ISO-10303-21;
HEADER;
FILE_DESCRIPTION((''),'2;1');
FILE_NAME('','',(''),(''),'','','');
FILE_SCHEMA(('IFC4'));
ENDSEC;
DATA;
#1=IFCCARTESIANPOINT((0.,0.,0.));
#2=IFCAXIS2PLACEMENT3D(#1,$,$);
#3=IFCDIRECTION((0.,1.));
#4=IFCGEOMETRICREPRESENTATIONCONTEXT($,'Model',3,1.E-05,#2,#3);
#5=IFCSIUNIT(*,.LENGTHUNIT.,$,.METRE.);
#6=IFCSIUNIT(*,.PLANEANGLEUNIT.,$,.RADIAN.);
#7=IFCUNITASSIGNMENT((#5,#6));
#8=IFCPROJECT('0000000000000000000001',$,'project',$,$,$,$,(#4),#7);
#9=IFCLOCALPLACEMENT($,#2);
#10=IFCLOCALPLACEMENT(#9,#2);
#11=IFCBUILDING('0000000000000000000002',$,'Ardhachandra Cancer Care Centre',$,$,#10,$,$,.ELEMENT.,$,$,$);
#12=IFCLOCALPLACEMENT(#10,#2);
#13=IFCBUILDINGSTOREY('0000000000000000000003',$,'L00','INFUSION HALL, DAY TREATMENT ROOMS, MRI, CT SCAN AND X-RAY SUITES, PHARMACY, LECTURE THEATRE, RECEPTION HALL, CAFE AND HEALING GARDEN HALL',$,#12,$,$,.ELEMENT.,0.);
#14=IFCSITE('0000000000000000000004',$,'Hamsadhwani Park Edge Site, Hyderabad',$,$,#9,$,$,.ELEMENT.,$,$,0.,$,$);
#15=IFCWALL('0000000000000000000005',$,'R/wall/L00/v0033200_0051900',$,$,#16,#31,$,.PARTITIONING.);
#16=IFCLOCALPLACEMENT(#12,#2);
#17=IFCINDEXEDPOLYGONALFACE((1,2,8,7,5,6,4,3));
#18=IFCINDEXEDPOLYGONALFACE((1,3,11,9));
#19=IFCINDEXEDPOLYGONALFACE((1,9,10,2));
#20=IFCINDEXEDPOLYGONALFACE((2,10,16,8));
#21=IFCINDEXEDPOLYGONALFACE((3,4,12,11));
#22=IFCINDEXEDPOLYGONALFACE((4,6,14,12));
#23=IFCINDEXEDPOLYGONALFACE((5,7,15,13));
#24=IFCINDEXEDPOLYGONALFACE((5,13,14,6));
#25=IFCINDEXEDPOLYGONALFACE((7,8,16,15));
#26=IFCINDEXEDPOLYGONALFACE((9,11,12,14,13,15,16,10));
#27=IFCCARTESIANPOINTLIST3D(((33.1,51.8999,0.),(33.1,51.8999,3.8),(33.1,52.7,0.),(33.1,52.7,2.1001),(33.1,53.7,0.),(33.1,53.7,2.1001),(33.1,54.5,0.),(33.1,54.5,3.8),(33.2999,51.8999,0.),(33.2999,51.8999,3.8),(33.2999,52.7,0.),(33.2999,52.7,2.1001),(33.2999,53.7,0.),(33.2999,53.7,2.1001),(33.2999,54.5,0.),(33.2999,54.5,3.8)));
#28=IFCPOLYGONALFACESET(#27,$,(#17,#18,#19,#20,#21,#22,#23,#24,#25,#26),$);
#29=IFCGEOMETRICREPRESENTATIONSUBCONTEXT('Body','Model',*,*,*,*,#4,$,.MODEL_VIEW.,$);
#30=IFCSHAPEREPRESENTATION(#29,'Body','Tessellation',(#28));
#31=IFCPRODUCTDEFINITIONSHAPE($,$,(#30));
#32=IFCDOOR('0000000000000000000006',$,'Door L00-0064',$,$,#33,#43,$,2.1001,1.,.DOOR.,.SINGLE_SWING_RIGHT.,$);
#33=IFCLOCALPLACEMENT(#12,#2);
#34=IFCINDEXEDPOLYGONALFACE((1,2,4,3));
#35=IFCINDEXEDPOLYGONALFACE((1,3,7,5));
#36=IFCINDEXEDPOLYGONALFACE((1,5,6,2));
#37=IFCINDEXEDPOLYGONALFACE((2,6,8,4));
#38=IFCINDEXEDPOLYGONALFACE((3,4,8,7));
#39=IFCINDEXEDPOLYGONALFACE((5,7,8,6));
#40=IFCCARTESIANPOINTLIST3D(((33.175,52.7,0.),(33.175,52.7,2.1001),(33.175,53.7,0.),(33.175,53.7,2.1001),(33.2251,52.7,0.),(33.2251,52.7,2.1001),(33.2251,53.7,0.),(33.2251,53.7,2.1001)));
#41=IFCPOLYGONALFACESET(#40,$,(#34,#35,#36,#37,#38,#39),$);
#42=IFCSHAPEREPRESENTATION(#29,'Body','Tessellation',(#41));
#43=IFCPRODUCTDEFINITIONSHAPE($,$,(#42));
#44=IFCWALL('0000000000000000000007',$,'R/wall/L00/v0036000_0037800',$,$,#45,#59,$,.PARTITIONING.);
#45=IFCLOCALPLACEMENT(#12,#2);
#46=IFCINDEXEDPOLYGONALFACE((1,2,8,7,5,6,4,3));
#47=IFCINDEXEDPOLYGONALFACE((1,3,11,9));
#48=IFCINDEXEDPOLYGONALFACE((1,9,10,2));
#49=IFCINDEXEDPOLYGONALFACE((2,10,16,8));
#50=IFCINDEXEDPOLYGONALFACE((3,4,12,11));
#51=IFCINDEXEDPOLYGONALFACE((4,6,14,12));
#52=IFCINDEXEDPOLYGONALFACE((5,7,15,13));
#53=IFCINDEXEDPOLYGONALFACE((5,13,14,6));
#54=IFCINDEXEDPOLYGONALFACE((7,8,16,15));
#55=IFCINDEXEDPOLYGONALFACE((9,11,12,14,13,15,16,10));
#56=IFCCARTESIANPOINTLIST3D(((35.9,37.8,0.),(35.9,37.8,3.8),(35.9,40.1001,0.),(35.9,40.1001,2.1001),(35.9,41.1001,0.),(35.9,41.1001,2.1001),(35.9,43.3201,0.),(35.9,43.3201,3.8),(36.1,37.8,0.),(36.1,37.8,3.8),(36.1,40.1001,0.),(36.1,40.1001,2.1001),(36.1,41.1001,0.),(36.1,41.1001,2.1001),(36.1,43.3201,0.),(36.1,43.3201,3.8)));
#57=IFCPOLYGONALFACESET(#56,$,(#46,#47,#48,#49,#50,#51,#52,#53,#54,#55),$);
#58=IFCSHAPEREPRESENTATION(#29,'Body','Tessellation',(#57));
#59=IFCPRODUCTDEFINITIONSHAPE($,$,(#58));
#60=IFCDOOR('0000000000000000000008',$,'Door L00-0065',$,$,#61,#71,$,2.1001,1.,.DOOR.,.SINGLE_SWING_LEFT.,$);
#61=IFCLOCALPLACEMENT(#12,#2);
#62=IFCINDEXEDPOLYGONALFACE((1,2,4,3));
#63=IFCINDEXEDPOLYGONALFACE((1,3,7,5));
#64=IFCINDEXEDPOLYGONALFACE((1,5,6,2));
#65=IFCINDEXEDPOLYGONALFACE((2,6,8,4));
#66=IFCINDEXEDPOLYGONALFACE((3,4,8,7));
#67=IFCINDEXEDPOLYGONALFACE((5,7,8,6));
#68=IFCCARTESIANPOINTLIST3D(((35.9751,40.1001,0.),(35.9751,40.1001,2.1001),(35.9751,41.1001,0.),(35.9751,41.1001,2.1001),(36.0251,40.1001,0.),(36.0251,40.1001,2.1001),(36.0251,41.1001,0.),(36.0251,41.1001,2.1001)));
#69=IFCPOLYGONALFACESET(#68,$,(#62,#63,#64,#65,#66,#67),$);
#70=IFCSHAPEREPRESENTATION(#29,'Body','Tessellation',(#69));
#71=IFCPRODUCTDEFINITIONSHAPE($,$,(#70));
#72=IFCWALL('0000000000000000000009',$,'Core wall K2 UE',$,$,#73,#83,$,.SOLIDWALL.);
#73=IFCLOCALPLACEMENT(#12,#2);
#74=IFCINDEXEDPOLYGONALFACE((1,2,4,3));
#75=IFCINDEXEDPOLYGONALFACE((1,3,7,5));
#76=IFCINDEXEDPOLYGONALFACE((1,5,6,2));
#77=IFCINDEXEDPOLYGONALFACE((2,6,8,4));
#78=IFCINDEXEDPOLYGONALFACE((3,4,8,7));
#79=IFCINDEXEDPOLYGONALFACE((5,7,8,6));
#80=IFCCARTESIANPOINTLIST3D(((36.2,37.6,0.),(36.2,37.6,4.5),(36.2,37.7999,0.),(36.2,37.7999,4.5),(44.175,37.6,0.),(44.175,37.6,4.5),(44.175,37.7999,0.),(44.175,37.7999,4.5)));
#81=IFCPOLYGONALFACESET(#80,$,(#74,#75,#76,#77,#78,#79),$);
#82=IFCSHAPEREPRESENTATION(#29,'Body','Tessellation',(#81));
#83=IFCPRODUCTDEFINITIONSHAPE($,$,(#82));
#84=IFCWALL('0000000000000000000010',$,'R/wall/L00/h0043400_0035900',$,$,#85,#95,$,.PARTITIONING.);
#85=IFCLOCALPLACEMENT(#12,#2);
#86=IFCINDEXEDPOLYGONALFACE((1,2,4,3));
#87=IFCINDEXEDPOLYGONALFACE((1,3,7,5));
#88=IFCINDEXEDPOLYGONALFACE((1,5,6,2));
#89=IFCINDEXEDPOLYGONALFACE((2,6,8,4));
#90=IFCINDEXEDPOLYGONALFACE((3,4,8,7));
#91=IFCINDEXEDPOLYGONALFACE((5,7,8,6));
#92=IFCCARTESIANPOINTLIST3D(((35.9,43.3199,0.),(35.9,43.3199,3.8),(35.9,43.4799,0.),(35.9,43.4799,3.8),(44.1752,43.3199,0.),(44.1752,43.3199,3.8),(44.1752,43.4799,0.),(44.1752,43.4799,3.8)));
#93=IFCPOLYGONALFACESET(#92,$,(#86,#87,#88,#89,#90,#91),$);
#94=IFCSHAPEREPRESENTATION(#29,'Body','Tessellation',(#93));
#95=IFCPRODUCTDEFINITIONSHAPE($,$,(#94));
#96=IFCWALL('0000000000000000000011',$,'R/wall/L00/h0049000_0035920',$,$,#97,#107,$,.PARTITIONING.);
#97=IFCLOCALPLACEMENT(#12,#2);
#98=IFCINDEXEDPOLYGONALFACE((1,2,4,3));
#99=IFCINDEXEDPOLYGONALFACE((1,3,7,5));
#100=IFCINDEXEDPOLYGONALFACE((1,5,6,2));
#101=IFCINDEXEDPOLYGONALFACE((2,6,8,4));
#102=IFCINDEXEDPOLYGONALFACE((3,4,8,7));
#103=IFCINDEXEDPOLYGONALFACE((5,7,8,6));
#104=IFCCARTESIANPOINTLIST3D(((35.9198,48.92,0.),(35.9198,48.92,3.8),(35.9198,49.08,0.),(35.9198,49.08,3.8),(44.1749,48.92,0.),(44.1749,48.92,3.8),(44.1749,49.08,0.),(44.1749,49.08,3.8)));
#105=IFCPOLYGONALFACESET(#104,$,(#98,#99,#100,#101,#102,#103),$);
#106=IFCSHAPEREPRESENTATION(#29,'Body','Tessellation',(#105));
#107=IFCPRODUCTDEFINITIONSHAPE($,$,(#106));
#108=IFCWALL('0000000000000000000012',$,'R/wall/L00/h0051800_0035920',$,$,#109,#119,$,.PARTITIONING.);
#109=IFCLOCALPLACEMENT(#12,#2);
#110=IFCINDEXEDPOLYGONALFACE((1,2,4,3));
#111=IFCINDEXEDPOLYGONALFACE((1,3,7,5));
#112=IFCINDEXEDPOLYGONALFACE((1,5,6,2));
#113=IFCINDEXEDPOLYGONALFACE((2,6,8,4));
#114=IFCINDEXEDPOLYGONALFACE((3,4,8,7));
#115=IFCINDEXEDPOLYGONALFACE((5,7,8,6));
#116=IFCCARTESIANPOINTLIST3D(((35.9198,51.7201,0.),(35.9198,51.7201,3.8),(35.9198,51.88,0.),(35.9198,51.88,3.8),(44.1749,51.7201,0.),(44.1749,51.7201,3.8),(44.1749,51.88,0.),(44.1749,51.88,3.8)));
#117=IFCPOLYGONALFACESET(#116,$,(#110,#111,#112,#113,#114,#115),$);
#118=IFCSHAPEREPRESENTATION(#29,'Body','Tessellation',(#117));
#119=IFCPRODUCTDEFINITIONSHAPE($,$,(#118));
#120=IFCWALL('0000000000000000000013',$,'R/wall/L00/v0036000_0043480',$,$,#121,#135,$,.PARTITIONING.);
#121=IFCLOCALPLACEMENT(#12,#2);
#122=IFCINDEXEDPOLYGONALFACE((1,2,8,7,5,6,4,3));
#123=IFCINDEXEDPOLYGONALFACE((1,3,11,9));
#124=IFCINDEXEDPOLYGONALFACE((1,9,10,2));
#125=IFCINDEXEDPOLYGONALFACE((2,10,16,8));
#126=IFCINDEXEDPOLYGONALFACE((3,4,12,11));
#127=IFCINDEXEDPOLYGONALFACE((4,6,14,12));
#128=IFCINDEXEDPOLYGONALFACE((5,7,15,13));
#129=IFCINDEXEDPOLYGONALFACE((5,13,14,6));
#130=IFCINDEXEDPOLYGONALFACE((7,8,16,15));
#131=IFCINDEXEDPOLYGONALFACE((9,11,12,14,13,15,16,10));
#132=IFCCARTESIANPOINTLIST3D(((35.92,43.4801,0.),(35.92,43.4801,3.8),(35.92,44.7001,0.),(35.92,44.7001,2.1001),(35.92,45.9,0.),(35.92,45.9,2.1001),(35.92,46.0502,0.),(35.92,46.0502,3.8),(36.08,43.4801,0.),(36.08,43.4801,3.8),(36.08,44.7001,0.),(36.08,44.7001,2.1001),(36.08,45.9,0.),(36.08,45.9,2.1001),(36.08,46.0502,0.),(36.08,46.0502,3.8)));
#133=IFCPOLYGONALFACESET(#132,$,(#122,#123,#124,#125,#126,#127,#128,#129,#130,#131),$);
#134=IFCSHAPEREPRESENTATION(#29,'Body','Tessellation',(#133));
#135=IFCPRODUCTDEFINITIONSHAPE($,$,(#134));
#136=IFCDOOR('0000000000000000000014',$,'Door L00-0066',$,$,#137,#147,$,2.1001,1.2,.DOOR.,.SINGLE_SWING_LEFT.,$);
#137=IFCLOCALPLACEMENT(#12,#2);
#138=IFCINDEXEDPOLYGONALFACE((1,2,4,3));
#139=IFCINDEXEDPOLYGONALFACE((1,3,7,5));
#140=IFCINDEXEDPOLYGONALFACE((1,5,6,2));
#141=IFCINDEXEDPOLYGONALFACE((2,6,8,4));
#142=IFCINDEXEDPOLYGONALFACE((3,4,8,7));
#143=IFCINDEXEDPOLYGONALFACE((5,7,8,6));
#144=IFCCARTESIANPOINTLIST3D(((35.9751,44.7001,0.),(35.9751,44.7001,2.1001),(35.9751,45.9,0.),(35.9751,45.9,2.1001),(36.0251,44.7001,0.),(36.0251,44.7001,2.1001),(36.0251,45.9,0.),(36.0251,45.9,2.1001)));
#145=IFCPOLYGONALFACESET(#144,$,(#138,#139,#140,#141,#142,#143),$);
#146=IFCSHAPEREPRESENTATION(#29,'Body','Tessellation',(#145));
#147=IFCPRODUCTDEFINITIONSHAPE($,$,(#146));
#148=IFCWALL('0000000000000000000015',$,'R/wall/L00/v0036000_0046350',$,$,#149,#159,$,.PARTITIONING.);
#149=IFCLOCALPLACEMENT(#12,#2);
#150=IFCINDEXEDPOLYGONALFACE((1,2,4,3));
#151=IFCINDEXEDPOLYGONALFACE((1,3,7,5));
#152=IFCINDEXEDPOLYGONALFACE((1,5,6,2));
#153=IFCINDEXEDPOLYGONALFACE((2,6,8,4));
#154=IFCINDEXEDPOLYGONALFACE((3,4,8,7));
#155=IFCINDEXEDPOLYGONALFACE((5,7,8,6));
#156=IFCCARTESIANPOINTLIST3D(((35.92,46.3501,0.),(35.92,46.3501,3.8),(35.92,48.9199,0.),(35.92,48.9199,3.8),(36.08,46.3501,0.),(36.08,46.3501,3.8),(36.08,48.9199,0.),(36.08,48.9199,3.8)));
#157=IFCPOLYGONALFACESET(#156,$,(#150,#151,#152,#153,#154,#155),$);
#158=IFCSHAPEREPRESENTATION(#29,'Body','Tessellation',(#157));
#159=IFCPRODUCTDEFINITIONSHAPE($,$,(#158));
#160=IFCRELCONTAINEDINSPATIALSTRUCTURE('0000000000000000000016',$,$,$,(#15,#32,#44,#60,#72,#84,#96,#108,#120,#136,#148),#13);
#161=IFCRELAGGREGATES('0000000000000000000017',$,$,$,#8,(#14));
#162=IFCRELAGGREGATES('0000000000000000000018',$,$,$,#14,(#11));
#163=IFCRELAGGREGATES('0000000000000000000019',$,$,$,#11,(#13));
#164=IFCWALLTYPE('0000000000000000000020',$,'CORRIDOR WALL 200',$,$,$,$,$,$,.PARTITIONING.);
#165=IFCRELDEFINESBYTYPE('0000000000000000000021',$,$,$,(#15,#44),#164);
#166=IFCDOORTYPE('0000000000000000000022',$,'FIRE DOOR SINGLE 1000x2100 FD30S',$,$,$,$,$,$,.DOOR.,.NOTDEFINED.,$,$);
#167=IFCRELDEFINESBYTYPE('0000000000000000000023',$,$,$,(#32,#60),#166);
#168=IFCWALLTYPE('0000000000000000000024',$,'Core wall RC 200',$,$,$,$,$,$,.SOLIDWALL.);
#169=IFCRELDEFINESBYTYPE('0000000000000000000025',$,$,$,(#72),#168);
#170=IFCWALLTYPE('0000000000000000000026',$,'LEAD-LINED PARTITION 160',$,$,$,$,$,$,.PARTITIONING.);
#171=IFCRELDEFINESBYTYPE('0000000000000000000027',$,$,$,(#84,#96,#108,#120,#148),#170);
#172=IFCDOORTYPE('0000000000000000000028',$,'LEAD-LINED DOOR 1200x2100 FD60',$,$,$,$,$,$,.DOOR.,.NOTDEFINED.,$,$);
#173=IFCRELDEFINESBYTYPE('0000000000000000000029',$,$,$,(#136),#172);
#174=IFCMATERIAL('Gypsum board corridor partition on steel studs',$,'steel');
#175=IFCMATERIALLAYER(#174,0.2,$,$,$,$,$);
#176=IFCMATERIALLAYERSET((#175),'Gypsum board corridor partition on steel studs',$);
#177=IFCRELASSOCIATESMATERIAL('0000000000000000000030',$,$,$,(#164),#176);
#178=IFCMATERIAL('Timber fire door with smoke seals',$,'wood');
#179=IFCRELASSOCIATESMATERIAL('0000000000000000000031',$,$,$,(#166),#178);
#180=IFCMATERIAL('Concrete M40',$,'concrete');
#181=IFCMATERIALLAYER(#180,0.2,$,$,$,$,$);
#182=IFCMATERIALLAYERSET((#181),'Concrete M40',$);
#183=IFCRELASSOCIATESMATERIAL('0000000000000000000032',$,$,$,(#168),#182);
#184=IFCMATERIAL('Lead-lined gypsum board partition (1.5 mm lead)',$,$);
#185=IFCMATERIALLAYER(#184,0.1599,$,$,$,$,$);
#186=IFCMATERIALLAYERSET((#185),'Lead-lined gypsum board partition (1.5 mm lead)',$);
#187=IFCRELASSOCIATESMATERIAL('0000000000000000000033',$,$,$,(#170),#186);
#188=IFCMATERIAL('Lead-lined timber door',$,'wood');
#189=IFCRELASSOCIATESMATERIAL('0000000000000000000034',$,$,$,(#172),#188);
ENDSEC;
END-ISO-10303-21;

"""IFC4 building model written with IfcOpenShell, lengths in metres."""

from ifc_helpers import new_model, si_unit, direction, frame, frame_2d, origin, place, context, subcontext, project, spatial, rectangle, extrude, material, layer, layer_set, type_object, element, fill, save


model = new_model("IFC4")

# Units and contexts
model_context = context("Model", 3, precision=1e-05, world=origin(), true_north=direction((0.0, 1.0)))
body_context = subcontext(model_context, "Body", "Model", "MODEL_VIEW")
ifc_project = project(units=[si_unit("LENGTHUNIT", "METRE"), si_unit("PLANEANGLEUNIT", "RADIAN")], contexts=[model_context])

# Site, building, storey
site_placement = place(None, origin())
site = spatial("IfcSite", under=ifc_project, at=site_placement, Name="Hamsadhwani Park Edge Site, Hyderabad", CompositionType="ELEMENT", RefElevation=0.0)
building_placement = place(site_placement, origin())
building = spatial("IfcBuilding", under=site, at=building_placement, Name="Ardhachandra Cancer Care Centre", CompositionType="ELEMENT")
storey_placement = place(building_placement, origin())
storey = spatial("IfcBuildingStorey", under=building, at=storey_placement, Name="L00", Description="INFUSION HALL, DAY TREATMENT ROOMS, MRI, CT SCAN AND X-RAY SUITES, PHARMACY, LECTURE THEATRE, RECEPTION HALL, CAFE AND HEALING GARDEN HALL", CompositionType="ELEMENT", Elevation=0.0)

# Walls, openings, doors
ifc_material_1 = material(Name="Gypsum board corridor partition on steel studs", Category="steel")
ifc_layer_1 = layer(ifc_material_1, 0.2)
ifc_layer_set_1 = layer_set([ifc_layer_1], Name="Gypsum board corridor partition on steel studs")
wall_type_1 = type_object("IfcWallType", Name="CORRIDOR WALL 200", PredefinedType="PARTITIONING", material=ifc_layer_set_1)
ifc_material_2 = material(Name="Timber fire door with smoke seals", Category="wood")
door_type_1 = type_object("IfcDoorType", Name="FIRE DOOR SINGLE 1000x2100 FD30S", OperationType="NOTDEFINED", PredefinedType="DOOR", material=ifc_material_2)
wall_1_placement = place(storey_placement, frame((33.2, 51.8999, 0.0), z_axis=(0.0, 0.0, 1.0), x_axis=(0.0, 1.0, 0.0)))
wall_1 = element("IfcWall", 1, at=wall_1_placement, inside=storey, type_object=wall_type_1, Name="R/wall/L00/v0033200_0051900", PredefinedType="PARTITIONING", context=body_context, shape_type="SweptSolid", body=[
    extrude(rectangle(XDim=2.6001, YDim=0.2, at=frame_2d((1.3, 0.0))), origin(), (0.0, 0.0, 1.0), 3.8),
])
opening_1_placement = place(wall_1_placement, frame((0.8, 0.0, 0.0)))
opening_1 = element("IfcOpeningElement", 2, at=opening_1_placement, cuts=wall_1, PredefinedType="OPENING", context=body_context, shape_type="SweptSolid", body=[
    extrude(rectangle(XDim=1.0, YDim=2.1001, at=frame_2d((0.5, 1.05))), frame((0.0, 0.1099, 0.0), z_axis=(0.0, -1.0, 0.0), x_axis=(1.0, 0.0, 0.0)), (0.0, 0.0, 1.0), 0.22),
])
door_1_placement = place(opening_1_placement, origin())
door_1 = element("IfcDoor", 3, at=door_1_placement, inside=storey, type_object=door_type_1, Name="Door L00-0064", OperationType="SINGLE_SWING_RIGHT", OverallHeight=2.1001, OverallWidth=1.0, PredefinedType="DOOR", context=body_context, shape_type="SweptSolid", body=[
    extrude(rectangle(XDim=1.0, YDim=2.1001, at=frame_2d((0.5, 1.05))), frame((0.0, 0.0249, 0.0), z_axis=(0.0, -1.0, 0.0), x_axis=(1.0, 0.0, 0.0)), (0.0, 0.0, 1.0), 0.05),
])
fill(opening_1, door_1)
wall_2_placement = place(storey_placement, frame((36.0, 37.8, 0.0), z_axis=(0.0, 0.0, 1.0), x_axis=(0.0, 1.0, 0.0)))
wall_2 = element("IfcWall", 4, at=wall_2_placement, inside=storey, type_object=wall_type_1, Name="R/wall/L00/v0036000_0037800", PredefinedType="PARTITIONING", context=body_context, shape_type="SweptSolid", body=[
    extrude(rectangle(XDim=5.52, YDim=0.2, at=frame_2d((2.76, 0.0))), origin(), (0.0, 0.0, 1.0), 3.8),
])
opening_2_placement = place(wall_2_placement, frame((2.3, 0.0, 0.0)))
opening_2 = element("IfcOpeningElement", 5, at=opening_2_placement, cuts=wall_2, PredefinedType="OPENING", context=body_context, shape_type="SweptSolid", body=[
    extrude(rectangle(XDim=1.0, YDim=2.1001, at=frame_2d((0.5, 1.05))), frame((0.0, 0.1099, 0.0), z_axis=(0.0, -1.0, 0.0), x_axis=(1.0, 0.0, 0.0)), (0.0, 0.0, 1.0), 0.22),
])
door_2_placement = place(opening_2_placement, origin())
door_2 = element("IfcDoor", 6, at=door_2_placement, inside=storey, type_object=door_type_1, Name="Door L00-0065", OperationType="SINGLE_SWING_LEFT", OverallHeight=2.1001, OverallWidth=1.0, PredefinedType="DOOR", context=body_context, shape_type="SweptSolid", body=[
    extrude(rectangle(XDim=1.0, YDim=2.1001, at=frame_2d((0.5, 1.05))), frame((0.0, 0.0249, 0.0), z_axis=(0.0, -1.0, 0.0), x_axis=(1.0, 0.0, 0.0)), (0.0, 0.0, 1.0), 0.05),
])
fill(opening_2, door_2)

# Walls
ifc_material_3 = material(Name="Concrete M40", Category="concrete")
ifc_layer_2 = layer(ifc_material_3, 0.2)
ifc_layer_set_2 = layer_set([ifc_layer_2], Name="Concrete M40")
wall_type_2 = type_object("IfcWallType", Name="Core wall RC 200", PredefinedType="SOLIDWALL", material=ifc_layer_set_2)
wall_3_placement = place(storey_placement, frame((36.2, 37.7, 0.0), z_axis=(0.0, 0.0, 1.0), x_axis=(1.0, 0.0, 0.0)))
element("IfcWall", 7, at=wall_3_placement, inside=storey, type_object=wall_type_2, Name="Core wall K2 UE", PredefinedType="SOLIDWALL", context=body_context, shape_type="SweptSolid", body=[
    extrude(rectangle(XDim=7.9751, YDim=0.2, at=frame_2d((3.9875, 0.0))), origin(), (0.0, 0.0, 1.0), 4.5),
])
ifc_material_4 = material(Name="Lead-lined gypsum board partition (1.5 mm lead)")
ifc_layer_3 = layer(ifc_material_4, 0.1599)
ifc_layer_set_3 = layer_set([ifc_layer_3], Name="Lead-lined gypsum board partition (1.5 mm lead)")
wall_type_3 = type_object("IfcWallType", Name="LEAD-LINED PARTITION 160", PredefinedType="PARTITIONING", material=ifc_layer_set_3)
wall_4_placement = place(storey_placement, frame((35.8999, 43.3999, 0.0), z_axis=(0.0, 0.0, 1.0), x_axis=(1.0, 0.0, 0.0)))
element("IfcWall", 8, at=wall_4_placement, inside=storey, type_object=wall_type_3, Name="R/wall/L00/h0043400_0035900", PredefinedType="PARTITIONING", context=body_context, shape_type="SweptSolid", body=[
    extrude(rectangle(XDim=8.2751, YDim=0.1599, at=frame_2d((4.1377, 0.0))), origin(), (0.0, 0.0, 1.0), 3.8),
])
for number, where, z_axis, x_axis, name in (
    (9, (35.9199, 49.0, 0.0), (0.0, 0.0, 1.0), (1.0, 0.0, 0.0), "R/wall/L00/h0049000_0035920"),
    (10, (35.9199, 51.8, 0.0), (0.0, 0.0, 1.0), (1.0, 0.0, 0.0), "R/wall/L00/h0051800_0035920"),
):
    element("IfcWall", number, at=place(storey_placement, frame(where, z_axis=z_axis, x_axis=x_axis)), inside=storey, type_object=wall_type_3, Name=name, PredefinedType="PARTITIONING", context=body_context, shape_type="SweptSolid", body=[
        extrude(rectangle(XDim=8.2551, YDim=0.1599, at=frame_2d((4.1274, 0.0))), origin(), (0.0, 0.0, 1.0), 3.8),
    ])

# Wall, opening, door
wall_5_placement = place(storey_placement, frame((36.0, 43.48, 0.0), z_axis=(0.0, 0.0, 1.0), x_axis=(0.0, 1.0, 0.0)))
wall_5 = element("IfcWall", 11, at=wall_5_placement, inside=storey, type_object=wall_type_3, Name="R/wall/L00/v0036000_0043480", PredefinedType="PARTITIONING", context=body_context, shape_type="SweptSolid", body=[
    extrude(rectangle(XDim=2.5701, YDim=0.1599, at=frame_2d((1.2852, 0.0))), origin(), (0.0, 0.0, 1.0), 3.8),
])
opening_3_placement = place(wall_5_placement, frame((1.22, 0.0, 0.0)))
opening_3 = element("IfcOpeningElement", 12, at=opening_3_placement, cuts=wall_5, PredefinedType="OPENING", context=body_context, shape_type="SweptSolid", body=[
    extrude(rectangle(XDim=1.2, YDim=2.1001, at=frame_2d((0.6001, 1.05))), frame((0.0, 0.0898, 0.0), z_axis=(0.0, -1.0, 0.0), x_axis=(1.0, 0.0, 0.0)), (0.0, 0.0, 1.0), 0.1799),
])
ifc_material_5 = material(Name="Lead-lined timber door", Category="wood")
door_type_2 = type_object("IfcDoorType", Name="LEAD-LINED DOOR 1200x2100 FD60", OperationType="NOTDEFINED", PredefinedType="DOOR", material=ifc_material_5)
door_3_placement = place(opening_3_placement, origin())
door_3 = element("IfcDoor", 13, at=door_3_placement, inside=storey, type_object=door_type_2, Name="Door L00-0066", OperationType="SINGLE_SWING_LEFT", OverallHeight=2.1001, OverallWidth=1.2, PredefinedType="DOOR", context=body_context, shape_type="SweptSolid", body=[
    extrude(rectangle(XDim=1.2, YDim=2.1001, at=frame_2d((0.6001, 1.05))), frame((0.0, 0.0249, 0.0), z_axis=(0.0, -1.0, 0.0), x_axis=(1.0, 0.0, 0.0)), (0.0, 0.0, 1.0), 0.05),
])
fill(opening_3, door_3)

# Wall
wall_6_placement = place(storey_placement, frame((36.0, 46.3501, 0.0), z_axis=(0.0, 0.0, 1.0), x_axis=(0.0, 1.0, 0.0)))
element("IfcWall", 14, at=wall_6_placement, inside=storey, type_object=wall_type_3, Name="R/wall/L00/v0036000_0046350", PredefinedType="PARTITIONING", context=body_context, shape_type="SweptSolid", body=[
    extrude(rectangle(XDim=2.5698, YDim=0.1599, at=frame_2d((1.2849, 0.0))), origin(), (0.0, 0.0, 1.0), 3.8),
])

save(model, "model.ifc")
